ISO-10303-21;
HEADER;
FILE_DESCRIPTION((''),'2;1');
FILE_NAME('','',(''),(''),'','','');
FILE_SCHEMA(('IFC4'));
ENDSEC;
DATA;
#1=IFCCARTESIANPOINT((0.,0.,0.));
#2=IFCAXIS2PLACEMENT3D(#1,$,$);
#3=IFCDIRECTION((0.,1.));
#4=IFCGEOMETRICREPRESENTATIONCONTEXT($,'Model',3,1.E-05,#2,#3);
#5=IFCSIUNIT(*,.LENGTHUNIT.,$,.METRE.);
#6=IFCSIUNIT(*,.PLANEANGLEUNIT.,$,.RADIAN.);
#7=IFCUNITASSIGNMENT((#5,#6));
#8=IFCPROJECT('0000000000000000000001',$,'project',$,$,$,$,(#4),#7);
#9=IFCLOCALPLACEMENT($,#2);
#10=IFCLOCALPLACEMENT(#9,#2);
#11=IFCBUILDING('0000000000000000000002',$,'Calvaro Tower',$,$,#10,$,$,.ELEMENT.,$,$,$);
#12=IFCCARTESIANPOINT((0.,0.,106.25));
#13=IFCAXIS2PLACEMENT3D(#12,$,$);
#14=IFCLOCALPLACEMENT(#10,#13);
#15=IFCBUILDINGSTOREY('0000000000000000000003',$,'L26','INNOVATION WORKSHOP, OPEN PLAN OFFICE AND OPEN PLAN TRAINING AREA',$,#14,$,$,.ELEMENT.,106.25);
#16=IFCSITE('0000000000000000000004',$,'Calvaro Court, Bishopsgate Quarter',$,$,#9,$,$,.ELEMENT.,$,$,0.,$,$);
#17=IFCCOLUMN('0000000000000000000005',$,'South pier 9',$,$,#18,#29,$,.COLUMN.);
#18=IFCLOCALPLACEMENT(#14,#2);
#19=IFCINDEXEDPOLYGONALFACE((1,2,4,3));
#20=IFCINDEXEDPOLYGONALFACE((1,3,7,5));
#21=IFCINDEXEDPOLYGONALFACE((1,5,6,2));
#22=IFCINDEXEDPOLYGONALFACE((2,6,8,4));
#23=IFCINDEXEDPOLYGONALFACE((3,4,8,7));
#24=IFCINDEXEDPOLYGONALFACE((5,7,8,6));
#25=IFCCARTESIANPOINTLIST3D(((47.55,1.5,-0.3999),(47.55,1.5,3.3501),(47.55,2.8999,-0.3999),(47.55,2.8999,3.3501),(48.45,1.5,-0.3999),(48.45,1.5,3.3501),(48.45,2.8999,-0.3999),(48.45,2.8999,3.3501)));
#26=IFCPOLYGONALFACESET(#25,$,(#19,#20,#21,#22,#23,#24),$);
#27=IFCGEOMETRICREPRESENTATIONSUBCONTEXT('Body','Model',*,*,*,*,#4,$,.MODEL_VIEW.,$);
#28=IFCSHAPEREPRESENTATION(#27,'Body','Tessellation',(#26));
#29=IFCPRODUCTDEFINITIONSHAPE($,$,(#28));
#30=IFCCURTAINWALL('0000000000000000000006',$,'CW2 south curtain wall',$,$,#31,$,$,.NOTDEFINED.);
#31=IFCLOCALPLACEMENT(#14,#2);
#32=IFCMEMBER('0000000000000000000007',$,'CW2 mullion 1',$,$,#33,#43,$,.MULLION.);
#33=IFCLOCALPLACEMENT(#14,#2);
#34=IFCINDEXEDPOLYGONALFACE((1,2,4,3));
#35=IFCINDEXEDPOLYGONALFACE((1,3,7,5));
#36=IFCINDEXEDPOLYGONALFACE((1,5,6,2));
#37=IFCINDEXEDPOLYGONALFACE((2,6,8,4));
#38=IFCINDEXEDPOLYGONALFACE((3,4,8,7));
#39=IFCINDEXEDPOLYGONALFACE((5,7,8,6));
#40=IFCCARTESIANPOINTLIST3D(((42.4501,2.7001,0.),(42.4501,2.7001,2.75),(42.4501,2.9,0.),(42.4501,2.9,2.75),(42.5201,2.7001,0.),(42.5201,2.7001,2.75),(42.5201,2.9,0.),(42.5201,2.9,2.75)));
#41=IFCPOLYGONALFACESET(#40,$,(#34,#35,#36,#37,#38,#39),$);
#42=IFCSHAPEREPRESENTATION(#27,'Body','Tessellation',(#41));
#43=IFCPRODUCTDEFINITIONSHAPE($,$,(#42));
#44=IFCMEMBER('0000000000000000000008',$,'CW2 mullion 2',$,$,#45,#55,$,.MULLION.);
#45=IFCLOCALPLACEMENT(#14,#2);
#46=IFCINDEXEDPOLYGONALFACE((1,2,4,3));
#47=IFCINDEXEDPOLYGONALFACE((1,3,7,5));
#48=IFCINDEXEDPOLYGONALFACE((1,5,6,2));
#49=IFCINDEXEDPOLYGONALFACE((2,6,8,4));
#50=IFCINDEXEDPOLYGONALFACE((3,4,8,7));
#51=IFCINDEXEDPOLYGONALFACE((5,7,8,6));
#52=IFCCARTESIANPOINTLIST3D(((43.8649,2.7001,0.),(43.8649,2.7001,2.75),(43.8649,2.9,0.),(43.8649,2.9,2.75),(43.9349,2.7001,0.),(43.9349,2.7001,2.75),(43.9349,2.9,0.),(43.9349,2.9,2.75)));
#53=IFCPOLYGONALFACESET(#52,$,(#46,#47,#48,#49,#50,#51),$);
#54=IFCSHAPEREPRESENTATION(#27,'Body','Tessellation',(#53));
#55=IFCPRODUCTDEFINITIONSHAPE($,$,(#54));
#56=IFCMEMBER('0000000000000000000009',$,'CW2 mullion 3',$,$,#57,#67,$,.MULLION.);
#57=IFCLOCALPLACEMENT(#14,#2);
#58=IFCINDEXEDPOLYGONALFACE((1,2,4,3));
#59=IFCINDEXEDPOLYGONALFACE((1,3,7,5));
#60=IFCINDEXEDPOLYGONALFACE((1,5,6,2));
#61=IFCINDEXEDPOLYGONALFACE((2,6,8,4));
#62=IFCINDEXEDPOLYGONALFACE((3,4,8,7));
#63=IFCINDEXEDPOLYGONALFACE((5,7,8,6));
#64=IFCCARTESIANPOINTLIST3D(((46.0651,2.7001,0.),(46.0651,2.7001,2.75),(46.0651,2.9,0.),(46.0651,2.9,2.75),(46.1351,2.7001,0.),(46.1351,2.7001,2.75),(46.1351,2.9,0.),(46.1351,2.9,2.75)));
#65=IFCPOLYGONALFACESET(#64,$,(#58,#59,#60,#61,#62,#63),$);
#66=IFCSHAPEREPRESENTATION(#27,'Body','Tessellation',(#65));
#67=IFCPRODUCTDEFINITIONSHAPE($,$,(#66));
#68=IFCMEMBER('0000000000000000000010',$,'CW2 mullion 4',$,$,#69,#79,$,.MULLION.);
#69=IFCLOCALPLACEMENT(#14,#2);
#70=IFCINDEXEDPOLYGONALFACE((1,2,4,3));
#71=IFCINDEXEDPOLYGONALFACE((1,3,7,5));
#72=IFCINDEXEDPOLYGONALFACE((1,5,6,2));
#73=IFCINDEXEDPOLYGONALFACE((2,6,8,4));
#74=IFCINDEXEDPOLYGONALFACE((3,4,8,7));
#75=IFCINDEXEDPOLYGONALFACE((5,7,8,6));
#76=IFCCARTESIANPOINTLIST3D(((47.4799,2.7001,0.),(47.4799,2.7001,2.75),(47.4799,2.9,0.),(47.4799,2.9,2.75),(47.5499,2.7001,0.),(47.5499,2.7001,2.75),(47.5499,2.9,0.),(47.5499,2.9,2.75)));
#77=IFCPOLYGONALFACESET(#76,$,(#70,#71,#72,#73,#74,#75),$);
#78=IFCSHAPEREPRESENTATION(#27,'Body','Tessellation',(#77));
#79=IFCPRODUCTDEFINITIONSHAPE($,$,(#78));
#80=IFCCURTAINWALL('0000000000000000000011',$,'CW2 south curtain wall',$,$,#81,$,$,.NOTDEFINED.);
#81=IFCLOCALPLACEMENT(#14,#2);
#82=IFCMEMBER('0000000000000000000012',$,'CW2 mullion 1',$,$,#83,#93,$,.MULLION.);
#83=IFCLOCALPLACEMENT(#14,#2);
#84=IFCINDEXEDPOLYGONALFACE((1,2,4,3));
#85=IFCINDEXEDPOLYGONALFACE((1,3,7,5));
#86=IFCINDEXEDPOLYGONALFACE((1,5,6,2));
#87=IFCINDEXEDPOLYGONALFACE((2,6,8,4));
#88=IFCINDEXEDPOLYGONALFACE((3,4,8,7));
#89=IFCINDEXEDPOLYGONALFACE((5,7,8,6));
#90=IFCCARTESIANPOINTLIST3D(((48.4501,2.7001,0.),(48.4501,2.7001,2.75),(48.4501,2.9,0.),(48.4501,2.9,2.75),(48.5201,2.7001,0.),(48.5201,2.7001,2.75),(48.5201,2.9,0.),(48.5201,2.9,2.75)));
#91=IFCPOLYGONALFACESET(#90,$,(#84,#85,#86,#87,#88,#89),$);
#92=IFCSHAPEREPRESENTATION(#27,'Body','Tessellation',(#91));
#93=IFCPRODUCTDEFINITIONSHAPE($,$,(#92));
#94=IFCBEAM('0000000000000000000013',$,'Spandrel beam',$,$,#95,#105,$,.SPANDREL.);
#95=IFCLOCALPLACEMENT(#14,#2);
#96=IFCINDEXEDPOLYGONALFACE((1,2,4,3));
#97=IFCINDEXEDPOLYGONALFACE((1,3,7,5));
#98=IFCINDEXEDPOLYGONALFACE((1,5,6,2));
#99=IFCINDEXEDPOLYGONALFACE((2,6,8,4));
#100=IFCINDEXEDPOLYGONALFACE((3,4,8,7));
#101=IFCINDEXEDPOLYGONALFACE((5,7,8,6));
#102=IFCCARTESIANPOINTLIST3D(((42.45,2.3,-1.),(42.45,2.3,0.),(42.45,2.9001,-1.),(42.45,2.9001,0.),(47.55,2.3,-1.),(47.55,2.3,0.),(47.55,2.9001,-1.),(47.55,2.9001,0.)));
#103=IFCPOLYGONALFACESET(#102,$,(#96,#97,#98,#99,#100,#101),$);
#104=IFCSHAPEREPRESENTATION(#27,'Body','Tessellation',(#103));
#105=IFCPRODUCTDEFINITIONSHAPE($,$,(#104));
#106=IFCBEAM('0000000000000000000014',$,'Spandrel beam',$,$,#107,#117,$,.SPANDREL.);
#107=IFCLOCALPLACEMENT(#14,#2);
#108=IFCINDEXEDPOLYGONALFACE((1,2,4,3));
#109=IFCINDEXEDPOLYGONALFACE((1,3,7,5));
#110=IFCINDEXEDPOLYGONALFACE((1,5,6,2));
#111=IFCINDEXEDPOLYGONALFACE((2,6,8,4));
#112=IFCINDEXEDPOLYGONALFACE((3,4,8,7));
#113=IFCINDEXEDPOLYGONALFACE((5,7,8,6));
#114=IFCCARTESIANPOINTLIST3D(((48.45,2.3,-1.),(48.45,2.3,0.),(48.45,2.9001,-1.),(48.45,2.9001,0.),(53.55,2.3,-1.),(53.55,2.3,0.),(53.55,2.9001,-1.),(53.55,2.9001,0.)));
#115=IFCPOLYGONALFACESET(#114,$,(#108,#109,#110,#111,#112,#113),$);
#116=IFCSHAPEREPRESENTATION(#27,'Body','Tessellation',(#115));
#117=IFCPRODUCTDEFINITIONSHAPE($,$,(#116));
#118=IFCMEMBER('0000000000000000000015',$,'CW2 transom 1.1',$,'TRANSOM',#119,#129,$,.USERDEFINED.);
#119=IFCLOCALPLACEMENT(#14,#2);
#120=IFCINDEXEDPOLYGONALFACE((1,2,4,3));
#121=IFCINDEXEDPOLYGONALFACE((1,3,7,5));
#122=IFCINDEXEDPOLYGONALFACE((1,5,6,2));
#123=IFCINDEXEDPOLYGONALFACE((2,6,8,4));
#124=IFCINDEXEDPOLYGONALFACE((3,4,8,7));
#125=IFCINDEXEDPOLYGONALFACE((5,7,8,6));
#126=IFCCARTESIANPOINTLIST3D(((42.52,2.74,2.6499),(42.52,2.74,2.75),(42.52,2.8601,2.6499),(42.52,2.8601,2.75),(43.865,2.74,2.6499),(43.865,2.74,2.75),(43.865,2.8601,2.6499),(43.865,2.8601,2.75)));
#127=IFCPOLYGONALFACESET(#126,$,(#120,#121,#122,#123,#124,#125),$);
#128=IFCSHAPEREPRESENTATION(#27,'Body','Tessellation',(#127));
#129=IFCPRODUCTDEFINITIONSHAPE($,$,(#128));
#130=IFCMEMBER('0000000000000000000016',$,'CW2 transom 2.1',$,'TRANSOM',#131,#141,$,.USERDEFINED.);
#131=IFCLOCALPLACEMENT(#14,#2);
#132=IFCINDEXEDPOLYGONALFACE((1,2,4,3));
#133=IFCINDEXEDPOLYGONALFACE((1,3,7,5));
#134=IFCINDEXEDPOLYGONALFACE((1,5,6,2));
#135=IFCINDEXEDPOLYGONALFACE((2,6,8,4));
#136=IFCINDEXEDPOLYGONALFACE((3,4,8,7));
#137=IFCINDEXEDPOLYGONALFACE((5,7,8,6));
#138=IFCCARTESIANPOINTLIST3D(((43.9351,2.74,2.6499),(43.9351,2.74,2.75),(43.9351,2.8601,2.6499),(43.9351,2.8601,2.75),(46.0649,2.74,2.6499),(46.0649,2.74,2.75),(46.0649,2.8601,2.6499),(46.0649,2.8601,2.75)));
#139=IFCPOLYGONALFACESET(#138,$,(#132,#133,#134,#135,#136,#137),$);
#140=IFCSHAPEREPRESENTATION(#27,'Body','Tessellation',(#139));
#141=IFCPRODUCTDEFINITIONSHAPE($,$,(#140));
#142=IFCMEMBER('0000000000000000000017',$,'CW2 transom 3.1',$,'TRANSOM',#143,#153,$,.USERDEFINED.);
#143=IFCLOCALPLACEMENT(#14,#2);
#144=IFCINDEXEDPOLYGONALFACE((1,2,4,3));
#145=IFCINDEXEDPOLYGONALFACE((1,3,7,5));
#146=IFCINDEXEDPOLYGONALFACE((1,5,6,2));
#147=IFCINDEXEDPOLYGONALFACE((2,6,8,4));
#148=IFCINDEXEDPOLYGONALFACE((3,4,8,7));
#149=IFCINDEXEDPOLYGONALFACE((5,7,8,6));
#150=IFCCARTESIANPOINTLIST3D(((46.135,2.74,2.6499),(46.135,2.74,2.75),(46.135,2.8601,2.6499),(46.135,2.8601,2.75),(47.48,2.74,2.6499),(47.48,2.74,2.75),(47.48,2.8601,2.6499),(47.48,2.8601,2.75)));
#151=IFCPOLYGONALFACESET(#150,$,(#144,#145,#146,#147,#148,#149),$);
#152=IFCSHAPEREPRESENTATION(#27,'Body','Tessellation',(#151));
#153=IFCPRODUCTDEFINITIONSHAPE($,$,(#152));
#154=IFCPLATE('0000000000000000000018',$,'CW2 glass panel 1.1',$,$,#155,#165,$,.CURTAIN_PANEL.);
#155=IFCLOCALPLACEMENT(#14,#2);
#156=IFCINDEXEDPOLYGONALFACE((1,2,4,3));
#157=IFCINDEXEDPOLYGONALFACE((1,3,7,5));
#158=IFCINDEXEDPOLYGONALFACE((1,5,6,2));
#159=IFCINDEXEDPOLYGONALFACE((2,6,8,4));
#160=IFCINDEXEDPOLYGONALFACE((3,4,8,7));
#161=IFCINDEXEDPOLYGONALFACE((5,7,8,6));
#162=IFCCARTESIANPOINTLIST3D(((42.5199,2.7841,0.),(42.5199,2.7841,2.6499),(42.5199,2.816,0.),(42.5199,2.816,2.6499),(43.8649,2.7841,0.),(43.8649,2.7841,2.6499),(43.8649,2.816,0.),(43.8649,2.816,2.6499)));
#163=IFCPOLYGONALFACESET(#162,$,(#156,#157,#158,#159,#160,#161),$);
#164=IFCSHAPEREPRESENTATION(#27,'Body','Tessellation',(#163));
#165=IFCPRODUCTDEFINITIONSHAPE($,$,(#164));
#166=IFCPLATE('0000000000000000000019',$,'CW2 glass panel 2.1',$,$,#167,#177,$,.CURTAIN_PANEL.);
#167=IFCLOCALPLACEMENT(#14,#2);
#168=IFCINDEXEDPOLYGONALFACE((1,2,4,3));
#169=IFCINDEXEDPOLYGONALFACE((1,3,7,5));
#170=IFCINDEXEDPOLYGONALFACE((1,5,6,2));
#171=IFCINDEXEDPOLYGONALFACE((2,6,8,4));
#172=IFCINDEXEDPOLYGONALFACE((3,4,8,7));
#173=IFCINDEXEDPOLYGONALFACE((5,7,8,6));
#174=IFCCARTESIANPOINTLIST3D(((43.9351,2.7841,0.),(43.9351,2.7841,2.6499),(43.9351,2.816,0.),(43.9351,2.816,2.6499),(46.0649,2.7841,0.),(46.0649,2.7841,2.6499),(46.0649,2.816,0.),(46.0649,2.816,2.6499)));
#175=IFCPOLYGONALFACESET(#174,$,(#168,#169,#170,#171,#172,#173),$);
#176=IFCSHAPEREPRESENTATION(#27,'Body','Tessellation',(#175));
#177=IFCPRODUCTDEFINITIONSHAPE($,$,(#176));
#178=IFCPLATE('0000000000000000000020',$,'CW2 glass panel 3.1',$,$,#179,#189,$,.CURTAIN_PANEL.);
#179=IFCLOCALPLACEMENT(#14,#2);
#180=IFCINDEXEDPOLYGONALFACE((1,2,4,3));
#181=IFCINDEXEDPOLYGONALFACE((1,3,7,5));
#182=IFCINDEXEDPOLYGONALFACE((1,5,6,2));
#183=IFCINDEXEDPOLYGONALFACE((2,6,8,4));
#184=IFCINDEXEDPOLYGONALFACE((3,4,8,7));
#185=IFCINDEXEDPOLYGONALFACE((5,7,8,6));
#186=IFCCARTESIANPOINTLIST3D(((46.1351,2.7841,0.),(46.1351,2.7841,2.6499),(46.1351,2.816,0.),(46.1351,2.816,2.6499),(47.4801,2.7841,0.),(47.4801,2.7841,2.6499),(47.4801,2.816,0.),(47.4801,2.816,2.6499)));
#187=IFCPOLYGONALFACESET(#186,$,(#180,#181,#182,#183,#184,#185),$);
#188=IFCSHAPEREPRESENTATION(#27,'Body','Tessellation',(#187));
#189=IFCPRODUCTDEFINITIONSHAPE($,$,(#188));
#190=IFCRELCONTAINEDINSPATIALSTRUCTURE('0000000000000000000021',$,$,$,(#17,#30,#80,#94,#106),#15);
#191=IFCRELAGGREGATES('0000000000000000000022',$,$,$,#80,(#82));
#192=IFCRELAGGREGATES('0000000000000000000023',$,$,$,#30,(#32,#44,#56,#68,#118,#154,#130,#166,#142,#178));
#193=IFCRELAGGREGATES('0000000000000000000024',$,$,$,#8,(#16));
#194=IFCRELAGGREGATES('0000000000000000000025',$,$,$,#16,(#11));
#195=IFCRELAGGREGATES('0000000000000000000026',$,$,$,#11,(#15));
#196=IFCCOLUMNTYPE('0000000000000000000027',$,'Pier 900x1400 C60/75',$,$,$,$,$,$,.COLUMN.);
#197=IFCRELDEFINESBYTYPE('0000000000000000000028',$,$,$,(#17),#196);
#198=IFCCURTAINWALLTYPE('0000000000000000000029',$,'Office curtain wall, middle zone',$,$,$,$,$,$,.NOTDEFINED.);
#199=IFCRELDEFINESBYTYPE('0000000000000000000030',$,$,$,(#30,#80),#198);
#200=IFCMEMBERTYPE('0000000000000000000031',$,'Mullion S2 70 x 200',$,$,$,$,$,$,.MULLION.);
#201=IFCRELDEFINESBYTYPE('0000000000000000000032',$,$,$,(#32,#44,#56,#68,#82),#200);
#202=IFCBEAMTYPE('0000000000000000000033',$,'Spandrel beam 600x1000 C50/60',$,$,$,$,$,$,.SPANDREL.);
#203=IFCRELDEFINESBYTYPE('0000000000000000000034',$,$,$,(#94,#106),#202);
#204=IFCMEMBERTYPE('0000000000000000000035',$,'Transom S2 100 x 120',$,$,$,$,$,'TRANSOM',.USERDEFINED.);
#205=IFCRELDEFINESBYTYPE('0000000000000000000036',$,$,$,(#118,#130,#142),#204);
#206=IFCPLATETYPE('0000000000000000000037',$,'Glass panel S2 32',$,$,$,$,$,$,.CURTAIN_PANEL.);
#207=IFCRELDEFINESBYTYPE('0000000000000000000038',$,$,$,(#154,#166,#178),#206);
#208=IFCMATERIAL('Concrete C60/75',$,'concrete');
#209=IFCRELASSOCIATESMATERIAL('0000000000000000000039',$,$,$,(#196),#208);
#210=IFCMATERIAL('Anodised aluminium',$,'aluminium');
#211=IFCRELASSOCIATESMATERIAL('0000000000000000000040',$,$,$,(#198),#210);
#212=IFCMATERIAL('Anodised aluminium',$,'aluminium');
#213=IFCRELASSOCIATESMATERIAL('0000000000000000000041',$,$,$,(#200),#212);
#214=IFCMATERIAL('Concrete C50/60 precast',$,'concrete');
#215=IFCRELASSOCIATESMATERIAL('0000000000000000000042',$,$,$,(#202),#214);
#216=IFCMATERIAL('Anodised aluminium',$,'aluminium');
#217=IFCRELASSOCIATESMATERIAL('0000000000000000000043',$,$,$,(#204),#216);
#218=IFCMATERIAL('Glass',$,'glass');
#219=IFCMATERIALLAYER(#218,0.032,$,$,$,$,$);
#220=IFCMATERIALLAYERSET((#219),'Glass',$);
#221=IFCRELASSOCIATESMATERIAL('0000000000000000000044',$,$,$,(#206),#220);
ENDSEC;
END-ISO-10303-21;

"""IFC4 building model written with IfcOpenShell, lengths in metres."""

from ifc_helpers import new_model, si_unit, direction, frame, origin, origin_2d, place, context, subcontext, project, spatial, rectangle, extrude, material, layer, layer_set, material_profile, profile_set, type_object, element, aggregate, save


model = new_model("IFC4")

# Units and contexts
model_context = context("Model", 3, precision=1e-05, world=origin(), true_north=direction((0.0, 1.0)))
body_context = subcontext(model_context, "Body", "Model", "MODEL_VIEW")
ifc_project = project(units=[si_unit("LENGTHUNIT", "METRE"), si_unit("PLANEANGLEUNIT", "RADIAN")], contexts=[model_context])

# Site, building, storey
site_placement = place(None, origin())
site = spatial("IfcSite", under=ifc_project, at=site_placement, Name="Calvaro Court, Bishopsgate Quarter", CompositionType="ELEMENT", RefElevation=0.0)
building_placement = place(site_placement, origin())
building = spatial("IfcBuilding", under=site, at=building_placement, Name="Calvaro Tower", CompositionType="ELEMENT")
storey_placement = place(building_placement, frame((0.0, 0.0, 106.25)))
storey = spatial("IfcBuildingStorey", under=building, at=storey_placement, Name="L26", Description="INNOVATION WORKSHOP, OPEN PLAN OFFICE AND OPEN PLAN TRAINING AREA", CompositionType="ELEMENT", Elevation=106.25)

# Column
ifc_material_1 = material(Name="Concrete C60/75", Category="concrete")
ifc_material_profile_1 = material_profile(ifc_material_1, rectangle(XDim=0.8999, YDim=1.3999, at=origin_2d()), Name="RC 900x1400")
ifc_profile_set_1 = profile_set([ifc_material_profile_1], Name="Concrete C60/75")
column_type = type_object("IfcColumnType", Name="Pier 900x1400 C60/75", PredefinedType="COLUMN", material=ifc_profile_set_1)
column_placement = place(storey_placement, frame((48.0, 2.2, -0.3999), z_axis=(0.0, 0.0, 1.0), x_axis=(1.0, 0.0, 0.0)))
element("IfcColumn", 1, at=column_placement, inside=storey, type_object=column_type, Name="South pier 9", PredefinedType="COLUMN", context=body_context, shape_type="SweptSolid", body=[
    extrude(rectangle(XDim=0.8999, YDim=1.3999, at=origin_2d()), origin(), (0.0, 0.0, 1.0), 3.75),
])

# Curtain wall, members
ifc_material_2 = material(Name="Anodised aluminium", Category="aluminium")
curtain_wall_type = type_object("IfcCurtainWallType", Name="Office curtain wall, middle zone", PredefinedType="NOTDEFINED", material=ifc_material_2)
curtain_wall_1_placement = place(storey_placement, origin())
curtain_wall_1 = element("IfcCurtainWall", 2, at=curtain_wall_1_placement, inside=storey, type_object=curtain_wall_type, Name="CW2 south curtain wall", PredefinedType="NOTDEFINED")
ifc_material_3 = material(Name="Anodised aluminium", Category="aluminium")
ifc_material_profile_2 = material_profile(ifc_material_3, rectangle(XDim=0.2, YDim=0.0701, at=origin_2d()), Name="Mullion S2 70 x 200")
ifc_profile_set_2 = profile_set([ifc_material_profile_2], Name="Anodised aluminium")
member_type_1 = type_object("IfcMemberType", Name="Mullion S2 70 x 200", PredefinedType="MULLION", material=ifc_profile_set_2)
member_1_placement = place(storey_placement, frame((42.4851, 2.8, 0.0), z_axis=(0.0, 0.0, 1.0), x_axis=(0.0, 1.0, 0.0)))
member_1 = element("IfcMember", 3, at=member_1_placement, type_object=member_type_1, Name="CW2 mullion 1", PredefinedType="MULLION", context=body_context, shape_type="SweptSolid", body=[
    extrude(rectangle(XDim=0.2, YDim=0.0701, at=origin_2d()), origin(), (0.0, 0.0, 1.0), 2.75),
])
member_2_placement = place(storey_placement, frame((43.8999, 2.8, 0.0), z_axis=(0.0, 0.0, 1.0), x_axis=(0.0, 1.0, 0.0)))
member_2 = element("IfcMember", 4, at=member_2_placement, type_object=member_type_1, Name="CW2 mullion 2", PredefinedType="MULLION", context=body_context, shape_type="SweptSolid", body=[
    extrude(rectangle(XDim=0.2, YDim=0.0701, at=origin_2d()), origin(), (0.0, 0.0, 1.0), 2.75),
])
member_3_placement = place(storey_placement, frame((46.1001, 2.8, 0.0), z_axis=(0.0, 0.0, 1.0), x_axis=(0.0, 1.0, 0.0)))
member_3 = element("IfcMember", 5, at=member_3_placement, type_object=member_type_1, Name="CW2 mullion 3", PredefinedType="MULLION", context=body_context, shape_type="SweptSolid", body=[
    extrude(rectangle(XDim=0.2, YDim=0.0701, at=origin_2d()), origin(), (0.0, 0.0, 1.0), 2.75),
])
member_4_placement = place(storey_placement, frame((47.5149, 2.8, 0.0), z_axis=(0.0, 0.0, 1.0), x_axis=(0.0, 1.0, 0.0)))
member_4 = element("IfcMember", 6, at=member_4_placement, type_object=member_type_1, Name="CW2 mullion 4", PredefinedType="MULLION", context=body_context, shape_type="SweptSolid", body=[
    extrude(rectangle(XDim=0.2, YDim=0.0701, at=origin_2d()), origin(), (0.0, 0.0, 1.0), 2.75),
])

# Curtain wall, member
curtain_wall_2_placement = place(storey_placement, origin())
curtain_wall_2 = element("IfcCurtainWall", 7, at=curtain_wall_2_placement, inside=storey, type_object=curtain_wall_type, Name="CW2 south curtain wall", PredefinedType="NOTDEFINED")
member_5_placement = place(storey_placement, frame((48.4851, 2.8, 0.0), z_axis=(0.0, 0.0, 1.0), x_axis=(0.0, 1.0, 0.0)))
member_5 = element("IfcMember", 8, at=member_5_placement, type_object=member_type_1, Name="CW2 mullion 1", PredefinedType="MULLION", context=body_context, shape_type="SweptSolid", body=[
    extrude(rectangle(XDim=0.2, YDim=0.0701, at=origin_2d()), origin(), (0.0, 0.0, 1.0), 2.75),
])
aggregate(curtain_wall_2, [member_5])

# Beams
ifc_material_4 = material(Name="Concrete C50/60 precast", Category="concrete")
ifc_material_profile_3 = material_profile(ifc_material_4, rectangle(XDim=0.6001, YDim=1.0, at=origin_2d()), Name="RC 600x1000")
ifc_profile_set_3 = profile_set([ifc_material_profile_3], Name="Concrete C50/60 precast")
beam_type = type_object("IfcBeamType", Name="Spandrel beam 600x1000 C50/60", PredefinedType="SPANDREL", material=ifc_profile_set_3)
for number, where, z_axis, x_axis, name in (
    (9, (42.45, 2.6001, -0.5), (1.0, 0.0, 0.0), (0.0, 1.0, 0.0), "Spandrel beam"),
    (10, (48.45, 2.6001, -0.5), (1.0, 0.0, 0.0), (0.0, 1.0, 0.0), "Spandrel beam"),
):
    element("IfcBeam", number, at=place(storey_placement, frame(where, z_axis=z_axis, x_axis=x_axis)), inside=storey, type_object=beam_type, Name=name, PredefinedType="SPANDREL", context=body_context, shape_type="SweptSolid", body=[
        extrude(rectangle(XDim=0.6001, YDim=1.0, at=origin_2d()), origin(), (0.0, 0.0, 1.0), 5.1001),
    ])

# Members
ifc_material_5 = material(Name="Anodised aluminium", Category="aluminium")
ifc_material_profile_4 = material_profile(ifc_material_5, rectangle(XDim=0.1201, YDim=0.1001, at=origin_2d()), Name="Transom S2 100 x 120")
ifc_profile_set_4 = profile_set([ifc_material_profile_4], Name="Anodised aluminium")
member_type_2 = type_object("IfcMemberType", Name="Transom S2 100 x 120", ElementType="TRANSOM", PredefinedType="USERDEFINED", material=ifc_profile_set_4)
member_6_placement = place(storey_placement, frame((42.52, 2.8, 2.7), z_axis=(1.0, 0.0, 0.0), x_axis=(0.0, 1.0, 0.0)))
member_6 = element("IfcMember", 11, at=member_6_placement, type_object=member_type_2, Name="CW2 transom 1.1", ObjectType="TRANSOM", PredefinedType="USERDEFINED", context=body_context, shape_type="SweptSolid", body=[
    extrude(rectangle(XDim=0.1201, YDim=0.1001, at=origin_2d()), origin(), (0.0, 0.0, 1.0), 1.345),
])
member_7_placement = place(storey_placement, frame((43.9351, 2.8, 2.7), z_axis=(1.0, 0.0, 0.0), x_axis=(0.0, 1.0, 0.0)))
member_7 = element("IfcMember", 12, at=member_7_placement, type_object=member_type_2, Name="CW2 transom 2.1", ObjectType="TRANSOM", PredefinedType="USERDEFINED", context=body_context, shape_type="SweptSolid", body=[
    extrude(rectangle(XDim=0.1201, YDim=0.1001, at=origin_2d()), origin(), (0.0, 0.0, 1.0), 2.1299),
])
member_8_placement = place(storey_placement, frame((46.135, 2.8, 2.7), z_axis=(1.0, 0.0, 0.0), x_axis=(0.0, 1.0, 0.0)))
member_8 = element("IfcMember", 13, at=member_8_placement, type_object=member_type_2, Name="CW2 transom 3.1", ObjectType="TRANSOM", PredefinedType="USERDEFINED", context=body_context, shape_type="SweptSolid", body=[
    extrude(rectangle(XDim=0.1201, YDim=0.1001, at=origin_2d()), origin(), (0.0, 0.0, 1.0), 1.345),
])

# Plates
ifc_material_6 = material(Name="Glass", Category="glass")
ifc_layer_1 = layer(ifc_material_6, 0.032)
ifc_layer_set_1 = layer_set([ifc_layer_1], Name="Glass")
plate_type = type_object("IfcPlateType", Name="Glass panel S2 32", PredefinedType="CURTAIN_PANEL", material=ifc_layer_set_1)
plate_1_placement = place(storey_placement, frame((43.1924, 2.8, 0.0), z_axis=(0.0, 0.0, 1.0), x_axis=(1.0, 0.0, 0.0)))
plate_1 = element("IfcPlate", 14, at=plate_1_placement, type_object=plate_type, Name="CW2 glass panel 1.1", PredefinedType="CURTAIN_PANEL", context=body_context, shape_type="SweptSolid", body=[
    extrude(rectangle(XDim=1.345, YDim=0.032, at=origin_2d()), origin(), (0.0, 0.0, 1.0), 2.6499),
])
plate_2_placement = place(storey_placement, frame((45.0, 2.8, 0.0), z_axis=(0.0, 0.0, 1.0), x_axis=(1.0, 0.0, 0.0)))
plate_2 = element("IfcPlate", 15, at=plate_2_placement, type_object=plate_type, Name="CW2 glass panel 2.1", PredefinedType="CURTAIN_PANEL", context=body_context, shape_type="SweptSolid", body=[
    extrude(rectangle(XDim=2.1299, YDim=0.032, at=origin_2d()), origin(), (0.0, 0.0, 1.0), 2.6499),
])
plate_3_placement = place(storey_placement, frame((46.8076, 2.8, 0.0), z_axis=(0.0, 0.0, 1.0), x_axis=(1.0, 0.0, 0.0)))
plate_3 = element("IfcPlate", 16, at=plate_3_placement, type_object=plate_type, Name="CW2 glass panel 3.1", PredefinedType="CURTAIN_PANEL", context=body_context, shape_type="SweptSolid", body=[
    extrude(rectangle(XDim=1.345, YDim=0.032, at=origin_2d()), origin(), (0.0, 0.0, 1.0), 2.6499),
])
aggregate(curtain_wall_1, [member_1, member_2, member_3, member_4, member_6, plate_1, member_7, plate_2, member_8, plate_3])

save(model, "model.ifc")
